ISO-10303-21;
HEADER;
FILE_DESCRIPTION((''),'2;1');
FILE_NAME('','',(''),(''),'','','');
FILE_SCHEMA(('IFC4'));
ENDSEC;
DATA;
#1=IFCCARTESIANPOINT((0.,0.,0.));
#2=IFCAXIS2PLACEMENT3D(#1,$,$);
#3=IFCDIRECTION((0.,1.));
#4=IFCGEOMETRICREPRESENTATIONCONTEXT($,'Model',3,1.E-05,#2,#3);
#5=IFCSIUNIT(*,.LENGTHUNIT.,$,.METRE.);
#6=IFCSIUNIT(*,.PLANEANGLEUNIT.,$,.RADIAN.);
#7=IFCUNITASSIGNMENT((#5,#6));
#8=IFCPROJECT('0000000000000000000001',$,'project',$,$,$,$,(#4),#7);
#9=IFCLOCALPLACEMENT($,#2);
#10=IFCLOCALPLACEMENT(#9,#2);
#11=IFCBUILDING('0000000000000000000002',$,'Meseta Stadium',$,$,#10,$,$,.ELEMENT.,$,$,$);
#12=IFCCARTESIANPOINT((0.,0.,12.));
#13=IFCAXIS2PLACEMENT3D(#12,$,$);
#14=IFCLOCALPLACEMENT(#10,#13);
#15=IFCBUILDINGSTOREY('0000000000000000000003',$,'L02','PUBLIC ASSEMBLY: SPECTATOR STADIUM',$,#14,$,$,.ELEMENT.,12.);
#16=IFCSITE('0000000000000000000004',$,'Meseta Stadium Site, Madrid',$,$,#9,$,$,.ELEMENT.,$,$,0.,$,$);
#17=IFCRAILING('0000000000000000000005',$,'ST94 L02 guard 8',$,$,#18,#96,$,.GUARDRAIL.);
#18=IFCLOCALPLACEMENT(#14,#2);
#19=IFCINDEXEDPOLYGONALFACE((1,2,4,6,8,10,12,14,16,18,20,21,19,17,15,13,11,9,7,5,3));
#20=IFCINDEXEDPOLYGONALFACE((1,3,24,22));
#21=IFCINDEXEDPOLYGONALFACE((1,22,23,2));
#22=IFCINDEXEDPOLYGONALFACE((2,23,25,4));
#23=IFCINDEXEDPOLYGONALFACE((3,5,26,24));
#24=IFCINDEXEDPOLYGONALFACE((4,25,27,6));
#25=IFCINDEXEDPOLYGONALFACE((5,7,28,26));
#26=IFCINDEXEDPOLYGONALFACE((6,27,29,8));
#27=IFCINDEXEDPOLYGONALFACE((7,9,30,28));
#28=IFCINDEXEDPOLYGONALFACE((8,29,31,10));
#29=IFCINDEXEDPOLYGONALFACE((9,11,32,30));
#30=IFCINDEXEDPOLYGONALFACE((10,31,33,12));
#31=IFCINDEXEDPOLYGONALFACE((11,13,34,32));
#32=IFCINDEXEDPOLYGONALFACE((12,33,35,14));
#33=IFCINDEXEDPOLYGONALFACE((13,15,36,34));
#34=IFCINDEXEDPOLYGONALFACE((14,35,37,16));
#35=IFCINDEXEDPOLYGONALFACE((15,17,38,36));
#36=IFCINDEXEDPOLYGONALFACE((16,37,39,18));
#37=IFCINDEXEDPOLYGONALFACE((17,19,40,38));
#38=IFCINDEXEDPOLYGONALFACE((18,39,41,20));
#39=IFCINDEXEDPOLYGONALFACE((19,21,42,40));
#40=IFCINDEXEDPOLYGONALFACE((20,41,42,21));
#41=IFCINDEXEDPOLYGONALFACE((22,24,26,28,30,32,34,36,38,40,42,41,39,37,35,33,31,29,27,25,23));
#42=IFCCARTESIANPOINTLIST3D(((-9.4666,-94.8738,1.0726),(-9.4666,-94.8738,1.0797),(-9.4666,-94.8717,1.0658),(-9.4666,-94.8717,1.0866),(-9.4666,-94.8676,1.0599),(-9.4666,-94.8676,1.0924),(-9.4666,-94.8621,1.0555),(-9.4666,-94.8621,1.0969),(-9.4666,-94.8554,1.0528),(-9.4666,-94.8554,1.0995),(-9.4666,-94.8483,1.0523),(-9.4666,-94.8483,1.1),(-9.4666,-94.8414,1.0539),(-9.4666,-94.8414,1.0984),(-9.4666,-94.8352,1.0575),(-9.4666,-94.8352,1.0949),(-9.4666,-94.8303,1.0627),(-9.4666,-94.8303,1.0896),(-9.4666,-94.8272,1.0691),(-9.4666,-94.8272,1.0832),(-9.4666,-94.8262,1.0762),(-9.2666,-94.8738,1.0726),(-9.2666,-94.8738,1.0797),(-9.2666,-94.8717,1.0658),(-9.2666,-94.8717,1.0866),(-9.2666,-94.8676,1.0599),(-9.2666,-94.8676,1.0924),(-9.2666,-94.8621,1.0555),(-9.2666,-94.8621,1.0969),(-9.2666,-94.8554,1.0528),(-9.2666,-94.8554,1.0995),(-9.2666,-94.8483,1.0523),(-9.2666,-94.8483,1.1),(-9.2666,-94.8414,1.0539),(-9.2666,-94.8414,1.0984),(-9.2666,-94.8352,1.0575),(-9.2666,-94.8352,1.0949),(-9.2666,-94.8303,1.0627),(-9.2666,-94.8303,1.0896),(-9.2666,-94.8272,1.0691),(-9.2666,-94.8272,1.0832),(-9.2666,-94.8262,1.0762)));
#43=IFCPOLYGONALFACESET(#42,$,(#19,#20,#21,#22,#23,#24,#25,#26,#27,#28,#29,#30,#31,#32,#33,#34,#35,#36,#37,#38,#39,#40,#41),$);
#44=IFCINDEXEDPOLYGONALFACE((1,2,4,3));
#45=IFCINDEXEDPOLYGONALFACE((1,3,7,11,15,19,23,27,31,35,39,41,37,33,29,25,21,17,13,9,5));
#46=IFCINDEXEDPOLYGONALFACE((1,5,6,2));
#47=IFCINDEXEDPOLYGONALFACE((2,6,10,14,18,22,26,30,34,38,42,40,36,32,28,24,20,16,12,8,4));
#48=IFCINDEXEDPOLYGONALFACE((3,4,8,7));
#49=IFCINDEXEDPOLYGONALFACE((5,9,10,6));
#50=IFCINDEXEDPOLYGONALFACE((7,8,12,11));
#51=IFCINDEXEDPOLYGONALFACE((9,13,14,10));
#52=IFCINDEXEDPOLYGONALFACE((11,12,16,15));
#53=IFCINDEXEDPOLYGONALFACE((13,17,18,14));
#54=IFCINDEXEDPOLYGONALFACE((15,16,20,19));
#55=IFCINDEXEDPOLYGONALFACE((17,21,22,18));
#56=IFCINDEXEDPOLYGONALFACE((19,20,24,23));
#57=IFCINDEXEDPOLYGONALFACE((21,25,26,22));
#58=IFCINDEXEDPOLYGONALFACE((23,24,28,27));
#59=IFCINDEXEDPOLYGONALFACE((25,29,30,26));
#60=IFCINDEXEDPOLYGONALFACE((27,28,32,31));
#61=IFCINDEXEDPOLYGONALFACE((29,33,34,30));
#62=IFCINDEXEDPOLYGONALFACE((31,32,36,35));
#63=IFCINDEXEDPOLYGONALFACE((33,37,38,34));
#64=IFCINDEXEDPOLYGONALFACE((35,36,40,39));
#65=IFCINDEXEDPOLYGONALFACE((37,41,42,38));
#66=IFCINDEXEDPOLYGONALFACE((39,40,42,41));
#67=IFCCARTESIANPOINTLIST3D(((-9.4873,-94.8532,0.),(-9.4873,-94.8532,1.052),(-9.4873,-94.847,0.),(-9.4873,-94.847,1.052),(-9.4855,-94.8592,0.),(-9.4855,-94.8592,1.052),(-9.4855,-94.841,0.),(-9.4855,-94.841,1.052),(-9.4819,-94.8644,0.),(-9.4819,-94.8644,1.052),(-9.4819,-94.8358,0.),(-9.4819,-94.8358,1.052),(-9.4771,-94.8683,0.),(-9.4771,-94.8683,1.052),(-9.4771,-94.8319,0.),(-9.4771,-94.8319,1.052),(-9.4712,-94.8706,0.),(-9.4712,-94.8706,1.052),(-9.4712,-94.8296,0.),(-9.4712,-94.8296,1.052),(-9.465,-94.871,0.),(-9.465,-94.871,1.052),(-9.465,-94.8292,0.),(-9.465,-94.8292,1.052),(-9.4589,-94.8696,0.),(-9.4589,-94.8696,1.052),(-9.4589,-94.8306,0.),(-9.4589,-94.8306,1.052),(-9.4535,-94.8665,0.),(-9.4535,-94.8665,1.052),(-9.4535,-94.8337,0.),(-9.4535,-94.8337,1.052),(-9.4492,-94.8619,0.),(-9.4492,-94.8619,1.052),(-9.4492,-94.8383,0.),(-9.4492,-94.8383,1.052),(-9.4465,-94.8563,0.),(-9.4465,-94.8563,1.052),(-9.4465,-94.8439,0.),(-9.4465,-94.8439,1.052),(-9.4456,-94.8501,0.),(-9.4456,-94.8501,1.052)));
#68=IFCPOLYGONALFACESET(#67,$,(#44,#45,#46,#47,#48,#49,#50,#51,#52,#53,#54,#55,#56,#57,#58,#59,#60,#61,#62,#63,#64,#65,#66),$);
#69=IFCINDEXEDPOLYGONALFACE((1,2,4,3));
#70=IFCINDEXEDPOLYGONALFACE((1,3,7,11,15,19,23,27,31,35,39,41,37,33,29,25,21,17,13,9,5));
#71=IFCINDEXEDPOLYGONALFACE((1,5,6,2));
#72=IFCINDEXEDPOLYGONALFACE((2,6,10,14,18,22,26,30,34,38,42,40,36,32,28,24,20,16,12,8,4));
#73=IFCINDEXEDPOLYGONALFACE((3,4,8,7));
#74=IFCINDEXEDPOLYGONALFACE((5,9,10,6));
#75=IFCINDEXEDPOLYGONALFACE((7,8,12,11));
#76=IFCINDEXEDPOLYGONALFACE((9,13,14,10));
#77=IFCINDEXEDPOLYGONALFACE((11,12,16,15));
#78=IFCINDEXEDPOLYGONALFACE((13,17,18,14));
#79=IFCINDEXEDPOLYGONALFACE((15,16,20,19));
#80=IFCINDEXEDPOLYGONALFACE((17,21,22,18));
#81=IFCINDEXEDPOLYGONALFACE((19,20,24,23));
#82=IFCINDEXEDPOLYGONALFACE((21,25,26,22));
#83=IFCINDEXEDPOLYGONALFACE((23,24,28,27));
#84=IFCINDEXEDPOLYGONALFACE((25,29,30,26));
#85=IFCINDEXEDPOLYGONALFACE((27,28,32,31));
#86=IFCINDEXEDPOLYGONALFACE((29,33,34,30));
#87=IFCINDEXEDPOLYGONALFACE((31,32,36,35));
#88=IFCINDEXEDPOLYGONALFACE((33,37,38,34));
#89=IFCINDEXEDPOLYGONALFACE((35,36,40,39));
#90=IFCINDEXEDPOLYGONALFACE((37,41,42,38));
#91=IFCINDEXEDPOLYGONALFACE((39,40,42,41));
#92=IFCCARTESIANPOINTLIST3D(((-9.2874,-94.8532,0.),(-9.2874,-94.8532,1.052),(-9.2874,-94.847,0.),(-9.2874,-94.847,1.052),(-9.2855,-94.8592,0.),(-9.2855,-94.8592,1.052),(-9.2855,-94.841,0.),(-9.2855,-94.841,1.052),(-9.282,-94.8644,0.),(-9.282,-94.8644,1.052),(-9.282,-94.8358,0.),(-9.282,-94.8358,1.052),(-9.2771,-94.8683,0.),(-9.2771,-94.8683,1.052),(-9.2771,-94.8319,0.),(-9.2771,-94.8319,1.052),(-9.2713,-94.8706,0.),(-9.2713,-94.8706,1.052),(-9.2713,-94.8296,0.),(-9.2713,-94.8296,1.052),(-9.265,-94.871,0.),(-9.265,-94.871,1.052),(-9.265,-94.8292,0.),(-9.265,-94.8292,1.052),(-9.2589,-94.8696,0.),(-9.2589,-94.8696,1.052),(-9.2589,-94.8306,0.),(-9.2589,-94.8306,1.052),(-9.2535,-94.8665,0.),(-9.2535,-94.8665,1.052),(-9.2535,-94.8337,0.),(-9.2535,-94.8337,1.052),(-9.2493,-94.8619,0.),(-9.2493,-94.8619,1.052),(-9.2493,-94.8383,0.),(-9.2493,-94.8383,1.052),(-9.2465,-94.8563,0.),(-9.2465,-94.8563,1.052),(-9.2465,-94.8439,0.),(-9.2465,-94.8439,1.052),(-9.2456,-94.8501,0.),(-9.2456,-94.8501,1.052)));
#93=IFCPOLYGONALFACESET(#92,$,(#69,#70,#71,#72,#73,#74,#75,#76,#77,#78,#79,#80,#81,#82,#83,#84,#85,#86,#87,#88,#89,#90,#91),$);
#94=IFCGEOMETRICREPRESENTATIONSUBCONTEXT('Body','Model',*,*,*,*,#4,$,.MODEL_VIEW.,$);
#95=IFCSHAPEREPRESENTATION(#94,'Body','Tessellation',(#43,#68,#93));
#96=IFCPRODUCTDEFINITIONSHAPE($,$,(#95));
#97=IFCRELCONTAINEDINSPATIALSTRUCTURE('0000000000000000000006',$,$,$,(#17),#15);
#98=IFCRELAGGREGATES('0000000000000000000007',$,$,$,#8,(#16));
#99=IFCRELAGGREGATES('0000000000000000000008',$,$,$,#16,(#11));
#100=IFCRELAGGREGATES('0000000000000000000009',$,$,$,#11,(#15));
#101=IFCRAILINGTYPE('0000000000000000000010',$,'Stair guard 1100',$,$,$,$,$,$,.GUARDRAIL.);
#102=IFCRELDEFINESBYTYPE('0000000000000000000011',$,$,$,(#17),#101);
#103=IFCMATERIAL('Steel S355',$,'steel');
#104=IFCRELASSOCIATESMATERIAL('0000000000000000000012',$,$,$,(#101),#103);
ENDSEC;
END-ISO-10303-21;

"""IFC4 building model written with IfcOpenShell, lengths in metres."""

from ifc_helpers import new_model, si_unit, direction, frame, origin, origin_2d, place, context, subcontext, project, spatial, circle, extrude, material, type_object, element, save


model = new_model("IFC4")

# Units and contexts
model_context = context("Model", 3, precision=1e-05, world=origin(), true_north=direction((0.0, 1.0)))
body_context = subcontext(model_context, "Body", "Model", "MODEL_VIEW")
ifc_project = project(units=[si_unit("LENGTHUNIT", "METRE"), si_unit("PLANEANGLEUNIT", "RADIAN")], contexts=[model_context])

# Site, building, storey
site_placement = place(None, origin())
site = spatial("IfcSite", under=ifc_project, at=site_placement, Name="Meseta Stadium Site, Madrid", CompositionType="ELEMENT", RefElevation=0.0)
building_placement = place(site_placement, origin())
building = spatial("IfcBuilding", under=site, at=building_placement, Name="Meseta Stadium", CompositionType="ELEMENT")
storey_placement = place(building_placement, frame((0.0, 0.0, 12.0)))
storey = spatial("IfcBuildingStorey", under=building, at=storey_placement, Name="L02", Description="PUBLIC ASSEMBLY: SPECTATOR STADIUM", CompositionType="ELEMENT", Elevation=12.0)

# Railing
ifc_material_1 = material(Name="Steel S355", Category="steel")
railing_type_1 = type_object("IfcRailingType", Name="Stair guard 1100", PredefinedType="GUARDRAIL", material=ifc_material_1)
railing_1_placement = place(storey_placement, frame((-9.4666, -94.8501, 0.0)))
element("IfcRailing", 1, at=railing_1_placement, inside=storey, type_object=railing_type_1, Name="ST94 L02 guard 8", PredefinedType="GUARDRAIL", context=body_context, shape_type="SweptSolid", body=[
    extrude(circle(Radius=0.0239, at=origin_2d()), frame((0.0, 0.0, 1.0762), z_axis=(1.0, 0.0, 0.0), x_axis=(0.0, 1.0, 0.0)), (0.0, 0.0, 1.0), 0.2),
    extrude(circle(Radius=0.021, at=origin_2d()), origin(), (0.0, 0.0, 1.0), 1.052),
    extrude(circle(Radius=0.021, at=origin_2d()), frame((0.2, 0.0, 0.0)), (0.0, 0.0, 1.0), 1.052),
])

save(model, "model.ifc")
